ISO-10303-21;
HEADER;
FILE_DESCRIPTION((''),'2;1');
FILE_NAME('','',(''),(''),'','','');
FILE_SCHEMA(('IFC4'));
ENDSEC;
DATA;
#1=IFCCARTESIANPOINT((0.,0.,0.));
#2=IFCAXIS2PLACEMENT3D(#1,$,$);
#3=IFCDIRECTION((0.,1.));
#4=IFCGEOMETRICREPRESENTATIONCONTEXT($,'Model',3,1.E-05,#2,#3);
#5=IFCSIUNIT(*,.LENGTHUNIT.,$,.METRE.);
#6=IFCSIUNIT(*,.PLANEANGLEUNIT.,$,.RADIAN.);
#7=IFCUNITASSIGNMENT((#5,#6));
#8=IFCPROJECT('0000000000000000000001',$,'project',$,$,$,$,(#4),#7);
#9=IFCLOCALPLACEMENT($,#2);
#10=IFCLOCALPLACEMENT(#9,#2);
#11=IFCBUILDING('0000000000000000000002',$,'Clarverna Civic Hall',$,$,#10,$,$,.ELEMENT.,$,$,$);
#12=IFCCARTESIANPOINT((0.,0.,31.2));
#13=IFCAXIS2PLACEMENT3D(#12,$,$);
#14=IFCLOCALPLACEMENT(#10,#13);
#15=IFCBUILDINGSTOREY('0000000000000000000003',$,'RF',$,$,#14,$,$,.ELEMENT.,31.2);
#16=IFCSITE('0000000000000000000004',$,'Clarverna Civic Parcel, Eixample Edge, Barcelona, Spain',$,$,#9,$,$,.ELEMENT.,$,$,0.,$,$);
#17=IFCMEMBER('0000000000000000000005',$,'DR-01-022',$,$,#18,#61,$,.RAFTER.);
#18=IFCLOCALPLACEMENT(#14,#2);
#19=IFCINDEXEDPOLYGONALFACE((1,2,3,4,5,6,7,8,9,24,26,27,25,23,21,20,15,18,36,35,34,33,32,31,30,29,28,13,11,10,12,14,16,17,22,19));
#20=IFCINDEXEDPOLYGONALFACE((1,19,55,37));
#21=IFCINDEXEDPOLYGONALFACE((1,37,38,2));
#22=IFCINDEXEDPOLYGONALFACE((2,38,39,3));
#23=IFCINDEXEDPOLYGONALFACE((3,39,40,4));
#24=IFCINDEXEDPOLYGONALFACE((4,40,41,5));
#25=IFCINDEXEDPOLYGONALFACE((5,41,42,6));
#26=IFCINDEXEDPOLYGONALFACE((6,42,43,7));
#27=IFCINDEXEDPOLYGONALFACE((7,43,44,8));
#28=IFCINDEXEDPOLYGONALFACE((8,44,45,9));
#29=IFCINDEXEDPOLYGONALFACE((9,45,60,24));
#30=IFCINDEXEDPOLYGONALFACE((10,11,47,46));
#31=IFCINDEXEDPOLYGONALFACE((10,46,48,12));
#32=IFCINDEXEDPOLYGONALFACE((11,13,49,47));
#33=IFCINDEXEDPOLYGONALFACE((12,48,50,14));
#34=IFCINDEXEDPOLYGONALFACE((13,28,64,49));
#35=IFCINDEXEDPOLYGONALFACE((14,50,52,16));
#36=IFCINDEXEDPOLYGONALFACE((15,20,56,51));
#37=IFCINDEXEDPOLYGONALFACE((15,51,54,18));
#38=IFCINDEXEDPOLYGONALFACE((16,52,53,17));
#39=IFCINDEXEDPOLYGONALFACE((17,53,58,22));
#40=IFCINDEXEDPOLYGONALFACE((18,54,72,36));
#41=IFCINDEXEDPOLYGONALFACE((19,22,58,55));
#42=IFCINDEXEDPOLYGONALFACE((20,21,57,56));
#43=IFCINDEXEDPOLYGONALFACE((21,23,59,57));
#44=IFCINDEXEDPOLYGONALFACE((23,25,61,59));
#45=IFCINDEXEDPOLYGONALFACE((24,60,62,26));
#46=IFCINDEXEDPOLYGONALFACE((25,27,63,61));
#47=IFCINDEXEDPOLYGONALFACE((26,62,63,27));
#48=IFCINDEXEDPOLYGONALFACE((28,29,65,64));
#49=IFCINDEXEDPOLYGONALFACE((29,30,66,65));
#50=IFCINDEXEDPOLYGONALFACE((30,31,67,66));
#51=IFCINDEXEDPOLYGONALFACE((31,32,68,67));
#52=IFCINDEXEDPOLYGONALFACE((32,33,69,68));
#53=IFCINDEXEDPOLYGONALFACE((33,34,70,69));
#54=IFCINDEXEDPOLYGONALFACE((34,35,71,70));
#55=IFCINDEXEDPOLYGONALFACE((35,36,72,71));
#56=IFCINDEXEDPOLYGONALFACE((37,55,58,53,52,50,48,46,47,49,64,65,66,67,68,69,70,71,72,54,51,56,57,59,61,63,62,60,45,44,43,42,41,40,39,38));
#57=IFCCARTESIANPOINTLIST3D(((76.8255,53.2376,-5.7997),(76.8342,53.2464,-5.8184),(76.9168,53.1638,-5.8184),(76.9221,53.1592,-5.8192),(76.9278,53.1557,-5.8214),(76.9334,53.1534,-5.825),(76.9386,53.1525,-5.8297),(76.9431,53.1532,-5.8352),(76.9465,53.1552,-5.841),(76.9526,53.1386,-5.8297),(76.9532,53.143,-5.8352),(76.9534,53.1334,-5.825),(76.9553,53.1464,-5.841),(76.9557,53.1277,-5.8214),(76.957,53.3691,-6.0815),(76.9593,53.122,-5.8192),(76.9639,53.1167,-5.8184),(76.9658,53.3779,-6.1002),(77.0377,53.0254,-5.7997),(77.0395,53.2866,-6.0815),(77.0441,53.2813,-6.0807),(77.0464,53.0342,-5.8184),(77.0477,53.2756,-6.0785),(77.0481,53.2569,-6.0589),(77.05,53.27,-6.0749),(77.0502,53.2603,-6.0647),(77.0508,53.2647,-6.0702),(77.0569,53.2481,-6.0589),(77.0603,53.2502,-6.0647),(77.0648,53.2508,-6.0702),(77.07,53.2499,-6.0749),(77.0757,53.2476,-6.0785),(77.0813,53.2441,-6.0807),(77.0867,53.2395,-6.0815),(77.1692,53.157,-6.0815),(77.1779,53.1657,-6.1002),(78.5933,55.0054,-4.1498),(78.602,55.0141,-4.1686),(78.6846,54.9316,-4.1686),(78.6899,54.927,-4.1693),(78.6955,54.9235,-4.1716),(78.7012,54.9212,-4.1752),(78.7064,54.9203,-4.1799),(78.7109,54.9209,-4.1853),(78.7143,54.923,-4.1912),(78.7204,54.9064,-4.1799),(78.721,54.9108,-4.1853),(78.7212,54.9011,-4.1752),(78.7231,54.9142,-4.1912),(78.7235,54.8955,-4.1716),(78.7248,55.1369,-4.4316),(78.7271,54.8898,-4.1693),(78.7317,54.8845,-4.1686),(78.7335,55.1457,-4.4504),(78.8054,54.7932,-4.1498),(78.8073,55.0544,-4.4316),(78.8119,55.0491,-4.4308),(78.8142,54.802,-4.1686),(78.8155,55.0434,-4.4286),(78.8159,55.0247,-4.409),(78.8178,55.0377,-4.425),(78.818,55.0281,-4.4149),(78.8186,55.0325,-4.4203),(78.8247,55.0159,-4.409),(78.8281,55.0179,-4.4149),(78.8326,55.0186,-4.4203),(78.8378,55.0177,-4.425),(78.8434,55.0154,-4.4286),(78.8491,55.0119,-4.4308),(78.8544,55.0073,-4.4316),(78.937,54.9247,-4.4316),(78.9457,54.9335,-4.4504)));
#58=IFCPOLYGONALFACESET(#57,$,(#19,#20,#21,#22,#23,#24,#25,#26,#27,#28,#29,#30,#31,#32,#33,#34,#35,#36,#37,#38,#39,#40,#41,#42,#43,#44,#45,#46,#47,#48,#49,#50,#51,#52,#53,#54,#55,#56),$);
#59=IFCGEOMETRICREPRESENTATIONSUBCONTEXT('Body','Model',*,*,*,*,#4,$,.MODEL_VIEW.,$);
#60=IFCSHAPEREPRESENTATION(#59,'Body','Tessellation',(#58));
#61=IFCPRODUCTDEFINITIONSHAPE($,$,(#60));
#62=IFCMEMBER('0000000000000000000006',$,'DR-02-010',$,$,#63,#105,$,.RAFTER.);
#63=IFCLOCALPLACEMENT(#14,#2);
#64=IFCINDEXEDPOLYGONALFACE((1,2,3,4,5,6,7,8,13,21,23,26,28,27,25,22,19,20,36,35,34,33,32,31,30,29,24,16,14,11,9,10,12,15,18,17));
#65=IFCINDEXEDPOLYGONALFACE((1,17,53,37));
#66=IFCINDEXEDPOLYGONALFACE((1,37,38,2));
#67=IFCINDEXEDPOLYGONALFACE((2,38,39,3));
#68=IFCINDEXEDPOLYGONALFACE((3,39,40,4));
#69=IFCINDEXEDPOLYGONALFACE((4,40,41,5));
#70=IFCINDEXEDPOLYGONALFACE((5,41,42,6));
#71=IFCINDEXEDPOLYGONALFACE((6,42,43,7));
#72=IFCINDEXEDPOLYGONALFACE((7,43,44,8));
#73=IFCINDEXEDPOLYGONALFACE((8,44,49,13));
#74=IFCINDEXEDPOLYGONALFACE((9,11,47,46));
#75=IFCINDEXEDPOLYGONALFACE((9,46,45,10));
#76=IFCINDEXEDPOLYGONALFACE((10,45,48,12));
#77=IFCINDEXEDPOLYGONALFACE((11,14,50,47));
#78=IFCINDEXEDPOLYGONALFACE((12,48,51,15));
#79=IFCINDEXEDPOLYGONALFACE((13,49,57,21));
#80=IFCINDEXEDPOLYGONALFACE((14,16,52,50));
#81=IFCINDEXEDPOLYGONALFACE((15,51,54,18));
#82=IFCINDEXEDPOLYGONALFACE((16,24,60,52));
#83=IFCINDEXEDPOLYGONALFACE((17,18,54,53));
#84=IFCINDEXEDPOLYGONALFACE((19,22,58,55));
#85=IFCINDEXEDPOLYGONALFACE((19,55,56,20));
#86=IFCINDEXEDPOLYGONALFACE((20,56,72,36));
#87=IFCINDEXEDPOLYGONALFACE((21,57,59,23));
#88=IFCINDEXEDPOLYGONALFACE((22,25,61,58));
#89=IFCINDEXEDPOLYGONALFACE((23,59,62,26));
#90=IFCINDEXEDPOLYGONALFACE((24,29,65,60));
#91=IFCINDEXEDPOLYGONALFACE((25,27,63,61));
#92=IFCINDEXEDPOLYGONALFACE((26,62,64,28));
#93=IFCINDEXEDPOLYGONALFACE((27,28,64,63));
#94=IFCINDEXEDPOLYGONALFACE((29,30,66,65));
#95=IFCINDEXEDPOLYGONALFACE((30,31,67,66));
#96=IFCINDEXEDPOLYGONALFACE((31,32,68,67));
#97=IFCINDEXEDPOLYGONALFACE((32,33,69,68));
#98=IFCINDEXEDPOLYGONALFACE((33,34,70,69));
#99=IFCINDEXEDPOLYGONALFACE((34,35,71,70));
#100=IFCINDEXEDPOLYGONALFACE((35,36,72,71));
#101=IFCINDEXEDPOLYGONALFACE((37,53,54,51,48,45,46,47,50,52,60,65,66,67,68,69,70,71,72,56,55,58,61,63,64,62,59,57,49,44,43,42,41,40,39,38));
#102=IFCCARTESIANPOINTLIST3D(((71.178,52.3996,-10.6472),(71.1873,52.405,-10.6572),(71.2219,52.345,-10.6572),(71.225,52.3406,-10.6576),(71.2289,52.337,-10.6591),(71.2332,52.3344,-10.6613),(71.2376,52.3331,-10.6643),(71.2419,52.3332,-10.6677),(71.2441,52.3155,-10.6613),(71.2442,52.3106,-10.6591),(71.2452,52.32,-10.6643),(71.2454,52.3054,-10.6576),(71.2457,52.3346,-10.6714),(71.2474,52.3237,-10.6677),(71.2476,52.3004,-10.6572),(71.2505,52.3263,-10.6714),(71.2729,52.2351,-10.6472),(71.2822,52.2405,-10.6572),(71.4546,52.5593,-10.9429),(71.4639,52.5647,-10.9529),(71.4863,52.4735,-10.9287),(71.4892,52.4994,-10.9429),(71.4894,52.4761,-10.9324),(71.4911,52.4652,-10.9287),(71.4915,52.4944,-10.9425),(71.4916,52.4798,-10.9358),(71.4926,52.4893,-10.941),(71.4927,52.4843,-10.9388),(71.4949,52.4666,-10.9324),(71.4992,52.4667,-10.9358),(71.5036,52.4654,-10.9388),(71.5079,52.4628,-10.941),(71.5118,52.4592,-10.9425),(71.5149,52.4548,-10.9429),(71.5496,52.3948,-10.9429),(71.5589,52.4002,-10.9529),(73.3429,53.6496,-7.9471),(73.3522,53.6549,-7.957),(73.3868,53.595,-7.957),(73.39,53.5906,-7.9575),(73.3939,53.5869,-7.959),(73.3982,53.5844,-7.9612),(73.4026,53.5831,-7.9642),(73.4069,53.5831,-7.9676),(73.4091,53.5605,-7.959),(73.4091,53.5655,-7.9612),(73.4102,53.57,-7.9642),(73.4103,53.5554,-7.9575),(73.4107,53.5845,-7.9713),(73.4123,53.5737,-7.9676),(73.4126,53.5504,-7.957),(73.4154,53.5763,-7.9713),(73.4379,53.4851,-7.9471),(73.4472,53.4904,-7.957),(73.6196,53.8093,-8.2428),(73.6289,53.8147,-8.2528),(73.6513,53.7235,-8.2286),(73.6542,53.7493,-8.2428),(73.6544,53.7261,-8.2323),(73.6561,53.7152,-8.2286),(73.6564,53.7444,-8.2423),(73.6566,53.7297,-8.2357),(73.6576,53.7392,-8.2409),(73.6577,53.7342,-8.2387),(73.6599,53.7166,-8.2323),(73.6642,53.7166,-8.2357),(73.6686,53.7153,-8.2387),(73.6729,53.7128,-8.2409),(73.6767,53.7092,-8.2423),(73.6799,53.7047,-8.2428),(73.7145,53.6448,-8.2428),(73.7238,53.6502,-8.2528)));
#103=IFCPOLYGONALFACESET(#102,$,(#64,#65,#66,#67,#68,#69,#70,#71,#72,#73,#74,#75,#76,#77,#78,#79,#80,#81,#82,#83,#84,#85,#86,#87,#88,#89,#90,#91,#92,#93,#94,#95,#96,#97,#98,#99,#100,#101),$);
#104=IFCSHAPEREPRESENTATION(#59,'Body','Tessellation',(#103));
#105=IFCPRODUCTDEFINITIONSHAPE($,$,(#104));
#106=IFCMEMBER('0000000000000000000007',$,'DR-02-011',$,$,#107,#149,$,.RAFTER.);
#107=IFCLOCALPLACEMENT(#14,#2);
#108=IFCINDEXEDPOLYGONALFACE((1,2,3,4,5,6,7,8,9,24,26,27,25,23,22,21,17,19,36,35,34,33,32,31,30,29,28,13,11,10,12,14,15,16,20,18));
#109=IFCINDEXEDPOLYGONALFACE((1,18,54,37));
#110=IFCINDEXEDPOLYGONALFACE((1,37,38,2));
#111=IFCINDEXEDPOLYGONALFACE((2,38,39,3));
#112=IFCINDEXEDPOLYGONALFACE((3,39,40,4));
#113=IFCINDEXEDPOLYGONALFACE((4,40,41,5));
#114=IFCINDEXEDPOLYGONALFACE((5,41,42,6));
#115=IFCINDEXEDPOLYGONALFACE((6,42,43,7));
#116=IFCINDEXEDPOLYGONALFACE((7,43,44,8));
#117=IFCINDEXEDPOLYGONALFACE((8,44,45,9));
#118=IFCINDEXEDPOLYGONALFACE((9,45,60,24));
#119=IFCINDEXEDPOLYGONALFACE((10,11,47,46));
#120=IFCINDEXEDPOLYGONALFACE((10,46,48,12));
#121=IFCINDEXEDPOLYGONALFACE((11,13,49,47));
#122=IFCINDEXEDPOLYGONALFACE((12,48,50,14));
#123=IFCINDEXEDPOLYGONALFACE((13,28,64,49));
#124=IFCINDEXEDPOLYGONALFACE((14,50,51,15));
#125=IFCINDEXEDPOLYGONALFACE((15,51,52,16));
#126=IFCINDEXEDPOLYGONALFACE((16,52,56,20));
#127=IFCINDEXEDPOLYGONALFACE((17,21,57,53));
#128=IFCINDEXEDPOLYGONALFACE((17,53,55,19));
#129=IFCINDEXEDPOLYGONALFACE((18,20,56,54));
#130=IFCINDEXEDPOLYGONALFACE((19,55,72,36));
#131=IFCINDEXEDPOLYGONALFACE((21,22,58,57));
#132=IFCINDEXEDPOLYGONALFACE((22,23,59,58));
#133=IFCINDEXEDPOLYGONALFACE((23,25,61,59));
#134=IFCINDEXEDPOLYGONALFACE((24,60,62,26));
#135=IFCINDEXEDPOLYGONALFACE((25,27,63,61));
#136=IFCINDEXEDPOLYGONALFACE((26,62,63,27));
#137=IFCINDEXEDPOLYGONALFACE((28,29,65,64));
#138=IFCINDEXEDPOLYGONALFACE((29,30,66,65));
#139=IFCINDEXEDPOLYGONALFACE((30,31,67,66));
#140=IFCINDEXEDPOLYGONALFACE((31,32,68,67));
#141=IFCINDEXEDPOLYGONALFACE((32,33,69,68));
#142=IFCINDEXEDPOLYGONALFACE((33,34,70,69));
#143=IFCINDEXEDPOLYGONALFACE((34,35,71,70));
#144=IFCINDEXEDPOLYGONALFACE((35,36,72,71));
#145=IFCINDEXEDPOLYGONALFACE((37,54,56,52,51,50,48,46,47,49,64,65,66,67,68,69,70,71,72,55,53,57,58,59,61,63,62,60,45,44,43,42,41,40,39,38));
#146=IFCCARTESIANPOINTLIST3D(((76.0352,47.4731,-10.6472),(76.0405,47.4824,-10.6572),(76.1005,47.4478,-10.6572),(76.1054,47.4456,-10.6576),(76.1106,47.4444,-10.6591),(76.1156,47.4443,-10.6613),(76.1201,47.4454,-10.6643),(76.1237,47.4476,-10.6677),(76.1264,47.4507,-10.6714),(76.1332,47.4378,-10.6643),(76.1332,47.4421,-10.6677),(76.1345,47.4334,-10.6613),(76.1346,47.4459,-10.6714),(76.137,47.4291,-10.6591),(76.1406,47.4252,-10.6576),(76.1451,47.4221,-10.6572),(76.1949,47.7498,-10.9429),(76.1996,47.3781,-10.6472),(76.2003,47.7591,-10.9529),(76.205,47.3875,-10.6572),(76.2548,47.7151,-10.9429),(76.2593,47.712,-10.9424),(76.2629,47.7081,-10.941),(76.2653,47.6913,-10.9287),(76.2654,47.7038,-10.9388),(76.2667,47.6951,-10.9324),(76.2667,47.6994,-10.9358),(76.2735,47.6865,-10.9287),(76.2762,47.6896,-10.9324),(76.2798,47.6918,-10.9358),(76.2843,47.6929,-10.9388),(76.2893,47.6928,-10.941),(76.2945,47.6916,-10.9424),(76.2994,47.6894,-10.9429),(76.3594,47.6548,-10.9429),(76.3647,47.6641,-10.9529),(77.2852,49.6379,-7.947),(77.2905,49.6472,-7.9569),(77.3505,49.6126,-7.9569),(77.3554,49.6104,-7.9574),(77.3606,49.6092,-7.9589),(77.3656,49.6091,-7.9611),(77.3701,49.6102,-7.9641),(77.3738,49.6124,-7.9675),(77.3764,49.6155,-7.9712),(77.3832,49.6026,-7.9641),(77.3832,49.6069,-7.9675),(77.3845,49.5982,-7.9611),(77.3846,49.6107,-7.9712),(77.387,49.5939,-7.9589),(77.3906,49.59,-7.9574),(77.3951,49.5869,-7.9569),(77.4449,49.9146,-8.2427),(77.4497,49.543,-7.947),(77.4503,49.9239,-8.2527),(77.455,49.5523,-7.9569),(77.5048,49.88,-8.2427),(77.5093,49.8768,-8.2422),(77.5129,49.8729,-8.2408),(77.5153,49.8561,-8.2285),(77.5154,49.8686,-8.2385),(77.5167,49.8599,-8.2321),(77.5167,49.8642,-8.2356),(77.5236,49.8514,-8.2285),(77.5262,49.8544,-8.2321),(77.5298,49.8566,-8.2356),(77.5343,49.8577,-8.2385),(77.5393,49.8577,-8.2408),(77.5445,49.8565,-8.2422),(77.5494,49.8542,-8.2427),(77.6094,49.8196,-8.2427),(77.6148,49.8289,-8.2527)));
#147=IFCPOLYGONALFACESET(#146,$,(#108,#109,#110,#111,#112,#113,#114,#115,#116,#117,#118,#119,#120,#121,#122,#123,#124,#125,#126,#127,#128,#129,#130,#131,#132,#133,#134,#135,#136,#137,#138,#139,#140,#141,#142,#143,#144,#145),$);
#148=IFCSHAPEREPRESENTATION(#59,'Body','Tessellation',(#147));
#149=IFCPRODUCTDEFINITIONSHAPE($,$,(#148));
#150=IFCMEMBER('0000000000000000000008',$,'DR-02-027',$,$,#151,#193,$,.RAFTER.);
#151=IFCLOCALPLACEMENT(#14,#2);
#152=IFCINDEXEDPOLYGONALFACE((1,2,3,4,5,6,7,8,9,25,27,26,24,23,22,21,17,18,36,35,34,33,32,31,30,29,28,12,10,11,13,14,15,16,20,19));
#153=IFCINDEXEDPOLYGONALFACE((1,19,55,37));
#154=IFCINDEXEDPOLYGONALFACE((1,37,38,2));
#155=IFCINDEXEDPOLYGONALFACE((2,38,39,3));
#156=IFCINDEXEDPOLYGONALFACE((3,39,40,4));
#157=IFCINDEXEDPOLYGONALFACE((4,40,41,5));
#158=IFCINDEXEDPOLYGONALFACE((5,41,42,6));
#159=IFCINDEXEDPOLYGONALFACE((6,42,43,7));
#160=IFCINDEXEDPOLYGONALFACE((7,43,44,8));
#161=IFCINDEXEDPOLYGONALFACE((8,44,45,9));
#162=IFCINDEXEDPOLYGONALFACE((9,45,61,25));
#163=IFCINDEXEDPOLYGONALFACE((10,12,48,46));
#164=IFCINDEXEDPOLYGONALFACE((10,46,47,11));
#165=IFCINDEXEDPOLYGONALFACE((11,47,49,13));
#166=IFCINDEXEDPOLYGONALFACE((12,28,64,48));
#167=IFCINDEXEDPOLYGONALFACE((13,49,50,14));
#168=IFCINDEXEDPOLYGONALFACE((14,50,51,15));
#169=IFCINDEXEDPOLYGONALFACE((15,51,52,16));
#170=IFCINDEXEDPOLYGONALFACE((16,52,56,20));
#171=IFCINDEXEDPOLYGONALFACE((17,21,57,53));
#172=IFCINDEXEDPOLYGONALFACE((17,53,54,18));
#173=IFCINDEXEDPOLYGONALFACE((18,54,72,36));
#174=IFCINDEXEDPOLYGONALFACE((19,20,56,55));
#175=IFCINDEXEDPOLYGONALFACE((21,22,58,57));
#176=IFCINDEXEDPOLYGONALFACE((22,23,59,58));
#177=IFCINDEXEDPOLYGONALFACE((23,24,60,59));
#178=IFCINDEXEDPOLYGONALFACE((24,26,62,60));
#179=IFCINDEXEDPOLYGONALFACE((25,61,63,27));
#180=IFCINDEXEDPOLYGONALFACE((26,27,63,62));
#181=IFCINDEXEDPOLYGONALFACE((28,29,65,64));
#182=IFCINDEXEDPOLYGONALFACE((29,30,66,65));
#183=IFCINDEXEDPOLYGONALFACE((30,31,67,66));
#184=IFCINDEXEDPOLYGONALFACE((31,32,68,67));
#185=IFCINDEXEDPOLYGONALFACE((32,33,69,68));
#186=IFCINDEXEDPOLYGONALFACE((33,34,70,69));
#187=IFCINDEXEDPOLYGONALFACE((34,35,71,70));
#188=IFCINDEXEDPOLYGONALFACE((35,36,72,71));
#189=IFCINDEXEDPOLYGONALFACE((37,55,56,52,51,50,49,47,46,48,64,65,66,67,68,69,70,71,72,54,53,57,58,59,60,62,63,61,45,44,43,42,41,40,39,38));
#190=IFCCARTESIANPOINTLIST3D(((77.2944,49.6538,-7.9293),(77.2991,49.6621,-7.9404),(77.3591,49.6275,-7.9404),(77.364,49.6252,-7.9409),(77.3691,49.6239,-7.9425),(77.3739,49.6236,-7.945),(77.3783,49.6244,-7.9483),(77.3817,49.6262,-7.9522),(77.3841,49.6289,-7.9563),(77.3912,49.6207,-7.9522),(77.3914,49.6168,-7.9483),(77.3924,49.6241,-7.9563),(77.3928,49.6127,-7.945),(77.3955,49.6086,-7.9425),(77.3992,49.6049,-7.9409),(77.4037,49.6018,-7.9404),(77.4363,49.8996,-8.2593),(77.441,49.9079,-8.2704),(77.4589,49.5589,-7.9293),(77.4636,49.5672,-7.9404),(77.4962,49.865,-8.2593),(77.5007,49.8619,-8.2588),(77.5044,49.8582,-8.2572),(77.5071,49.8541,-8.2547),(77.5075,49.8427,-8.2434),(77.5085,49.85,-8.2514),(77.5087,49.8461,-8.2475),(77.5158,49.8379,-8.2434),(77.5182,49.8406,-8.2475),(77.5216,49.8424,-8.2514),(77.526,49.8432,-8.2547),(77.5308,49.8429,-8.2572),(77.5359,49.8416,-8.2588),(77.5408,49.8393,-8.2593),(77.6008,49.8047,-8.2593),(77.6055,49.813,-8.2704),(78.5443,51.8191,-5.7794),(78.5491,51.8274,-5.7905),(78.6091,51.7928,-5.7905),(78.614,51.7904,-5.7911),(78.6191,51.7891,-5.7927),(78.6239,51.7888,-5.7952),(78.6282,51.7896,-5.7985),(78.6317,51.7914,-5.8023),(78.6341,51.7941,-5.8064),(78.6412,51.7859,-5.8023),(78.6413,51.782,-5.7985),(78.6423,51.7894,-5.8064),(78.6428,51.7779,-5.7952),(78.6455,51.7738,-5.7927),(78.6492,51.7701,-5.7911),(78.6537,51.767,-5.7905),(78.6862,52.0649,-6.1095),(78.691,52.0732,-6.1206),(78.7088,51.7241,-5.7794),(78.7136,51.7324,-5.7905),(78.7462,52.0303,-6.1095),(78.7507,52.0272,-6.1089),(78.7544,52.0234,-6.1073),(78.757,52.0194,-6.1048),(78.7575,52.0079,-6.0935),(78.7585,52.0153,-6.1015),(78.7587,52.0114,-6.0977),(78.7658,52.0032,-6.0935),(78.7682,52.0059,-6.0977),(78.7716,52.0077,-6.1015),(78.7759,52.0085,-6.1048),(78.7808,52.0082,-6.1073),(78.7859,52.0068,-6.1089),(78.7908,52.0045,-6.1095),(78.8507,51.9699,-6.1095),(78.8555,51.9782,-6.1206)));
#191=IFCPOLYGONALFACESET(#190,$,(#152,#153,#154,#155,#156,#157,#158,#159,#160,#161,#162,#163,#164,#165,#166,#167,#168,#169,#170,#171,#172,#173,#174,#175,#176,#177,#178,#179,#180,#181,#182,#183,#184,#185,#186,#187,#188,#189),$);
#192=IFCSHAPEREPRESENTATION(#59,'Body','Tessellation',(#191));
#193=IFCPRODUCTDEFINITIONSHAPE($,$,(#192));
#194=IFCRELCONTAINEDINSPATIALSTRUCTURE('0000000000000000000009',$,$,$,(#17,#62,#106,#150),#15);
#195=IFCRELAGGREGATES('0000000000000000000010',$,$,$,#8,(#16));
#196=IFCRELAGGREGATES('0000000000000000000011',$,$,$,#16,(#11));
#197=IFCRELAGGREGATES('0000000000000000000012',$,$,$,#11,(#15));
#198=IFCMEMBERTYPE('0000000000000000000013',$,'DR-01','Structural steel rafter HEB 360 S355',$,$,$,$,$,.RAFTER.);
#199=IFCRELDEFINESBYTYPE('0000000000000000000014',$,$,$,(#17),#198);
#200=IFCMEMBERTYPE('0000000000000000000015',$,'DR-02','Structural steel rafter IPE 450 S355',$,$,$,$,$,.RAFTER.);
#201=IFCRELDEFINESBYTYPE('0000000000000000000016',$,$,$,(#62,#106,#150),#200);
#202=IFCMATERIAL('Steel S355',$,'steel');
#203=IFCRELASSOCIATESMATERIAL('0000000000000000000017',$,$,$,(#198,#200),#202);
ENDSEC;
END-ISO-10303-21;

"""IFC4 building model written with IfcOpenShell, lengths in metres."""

from ifc_helpers import new_model, si_unit, direction, frame, origin, origin_2d, place, context, subcontext, project, spatial, i_section, extrude, material, material_profile, profile_set, type_object, element, save


model = new_model("IFC4")

# Units and contexts
model_context = context("Model", 3, precision=1e-05, world=origin(), true_north=direction((0.0, 1.0)))
body_context = subcontext(model_context, "Body", "Model", "MODEL_VIEW")
ifc_project = project(units=[si_unit("LENGTHUNIT", "METRE"), si_unit("PLANEANGLEUNIT", "RADIAN")], contexts=[model_context])

# Site, building, storey
site_placement = place(None, origin())
site = spatial("IfcSite", under=ifc_project, at=site_placement, Name="Clarverna Civic Parcel, Eixample Edge, Barcelona, Spain", CompositionType="ELEMENT", RefElevation=0.0)
building_placement = place(site_placement, origin())
building = spatial("IfcBuilding", under=site, at=building_placement, Name="Clarverna Civic Hall", CompositionType="ELEMENT")
storey_placement = place(building_placement, frame((0.0, 0.0, 31.2)))
storey = spatial("IfcBuildingStorey", under=building, at=storey_placement, Name="RF", CompositionType="ELEMENT", Elevation=31.2)

# Members
ifc_material_1 = material(Name="Steel S355", Category="steel")
ifc_material_profile_1 = material_profile(ifc_material_1, i_section(OverallWidth=0.3, OverallDepth=0.3601, WebThickness=0.0125, FlangeThickness=0.0225, FilletRadius=0.0271, at=origin_2d()), Name="HEB 360")
ifc_profile_set_1 = profile_set([ifc_material_profile_1], Name="Steel S355")
member_type_1 = type_object("IfcMemberType", Name="DR-01", Description="Structural steel rafter HEB 360 S355", PredefinedType="RAFTER", material=ifc_profile_set_1)
member_1_placement = place(storey_placement, frame((77.0017, 53.2017, -5.95), z_axis=(0.590174, 0.590174, 0.550807), x_axis=(-0.707107, 0.707107, 0.0)))
element("IfcMember", 1, at=member_1_placement, inside=storey, type_object=member_type_1, Name="DR-01-022", PredefinedType="RAFTER", context=body_context, shape_type="SweptSolid", body=[
    extrude(i_section(OverallWidth=0.3, OverallDepth=0.3601, WebThickness=0.0125, FlangeThickness=0.0225, FilletRadius=0.0271, at=origin_2d()), origin(), (0.0, 0.0, 1.0), 2.9954),
])
ifc_material_profile_2 = material_profile(ifc_material_1, i_section(OverallWidth=0.1899, OverallDepth=0.45, WebThickness=0.0095, FlangeThickness=0.0146, FilletRadius=0.021, at=origin_2d()), Name="IPE 450")
ifc_profile_set_2 = profile_set([ifc_material_profile_2], Name="Steel S355")
member_type_2 = type_object("IfcMemberType", Name="DR-02", Description="Structural steel rafter IPE 450 S355", PredefinedType="RAFTER", material=ifc_profile_set_2)
for number, where, z_axis, x_axis, name in (
    (2, (71.3684, 52.3999, -10.8), (0.588357, 0.339692, 0.733788), (-0.500004, 0.866023, 0.0), "DR-02-010"),
    (3, (76.2, 47.5686, -10.8), (0.339705, 0.588314, 0.733817), (-0.865999, 0.500047, 0.0), "DR-02-011"),
):
    element("IfcMember", number, at=place(storey_placement, frame(where, z_axis=z_axis, x_axis=x_axis)), inside=storey, type_object=member_type_2, Name=name, PredefinedType="RAFTER", context=body_context, shape_type="SweptSolid", body=[
        extrude(i_section(OverallWidth=0.1899, OverallDepth=0.45, WebThickness=0.0095, FlangeThickness=0.0146, FilletRadius=0.021, at=origin_2d()), origin(), (0.0, 0.0, 1.0), 3.6797),
    ])
member_2_placement = place(storey_placement, frame((77.45, 49.7334, -8.0999), z_axis=(0.379083, 0.656658, 0.651994), x_axis=(-0.866047, 0.499962, 0.0)))
element("IfcMember", 4, at=member_2_placement, inside=storey, type_object=member_type_2, Name="DR-02-027", PredefinedType="RAFTER", context=body_context, shape_type="SweptSolid", body=[
    extrude(i_section(OverallWidth=0.1899, OverallDepth=0.45, WebThickness=0.0095, FlangeThickness=0.0146, FilletRadius=0.021, at=origin_2d()), origin(), (0.0, 0.0, 1.0), 3.2974),
])

save(model, "model.ifc")
